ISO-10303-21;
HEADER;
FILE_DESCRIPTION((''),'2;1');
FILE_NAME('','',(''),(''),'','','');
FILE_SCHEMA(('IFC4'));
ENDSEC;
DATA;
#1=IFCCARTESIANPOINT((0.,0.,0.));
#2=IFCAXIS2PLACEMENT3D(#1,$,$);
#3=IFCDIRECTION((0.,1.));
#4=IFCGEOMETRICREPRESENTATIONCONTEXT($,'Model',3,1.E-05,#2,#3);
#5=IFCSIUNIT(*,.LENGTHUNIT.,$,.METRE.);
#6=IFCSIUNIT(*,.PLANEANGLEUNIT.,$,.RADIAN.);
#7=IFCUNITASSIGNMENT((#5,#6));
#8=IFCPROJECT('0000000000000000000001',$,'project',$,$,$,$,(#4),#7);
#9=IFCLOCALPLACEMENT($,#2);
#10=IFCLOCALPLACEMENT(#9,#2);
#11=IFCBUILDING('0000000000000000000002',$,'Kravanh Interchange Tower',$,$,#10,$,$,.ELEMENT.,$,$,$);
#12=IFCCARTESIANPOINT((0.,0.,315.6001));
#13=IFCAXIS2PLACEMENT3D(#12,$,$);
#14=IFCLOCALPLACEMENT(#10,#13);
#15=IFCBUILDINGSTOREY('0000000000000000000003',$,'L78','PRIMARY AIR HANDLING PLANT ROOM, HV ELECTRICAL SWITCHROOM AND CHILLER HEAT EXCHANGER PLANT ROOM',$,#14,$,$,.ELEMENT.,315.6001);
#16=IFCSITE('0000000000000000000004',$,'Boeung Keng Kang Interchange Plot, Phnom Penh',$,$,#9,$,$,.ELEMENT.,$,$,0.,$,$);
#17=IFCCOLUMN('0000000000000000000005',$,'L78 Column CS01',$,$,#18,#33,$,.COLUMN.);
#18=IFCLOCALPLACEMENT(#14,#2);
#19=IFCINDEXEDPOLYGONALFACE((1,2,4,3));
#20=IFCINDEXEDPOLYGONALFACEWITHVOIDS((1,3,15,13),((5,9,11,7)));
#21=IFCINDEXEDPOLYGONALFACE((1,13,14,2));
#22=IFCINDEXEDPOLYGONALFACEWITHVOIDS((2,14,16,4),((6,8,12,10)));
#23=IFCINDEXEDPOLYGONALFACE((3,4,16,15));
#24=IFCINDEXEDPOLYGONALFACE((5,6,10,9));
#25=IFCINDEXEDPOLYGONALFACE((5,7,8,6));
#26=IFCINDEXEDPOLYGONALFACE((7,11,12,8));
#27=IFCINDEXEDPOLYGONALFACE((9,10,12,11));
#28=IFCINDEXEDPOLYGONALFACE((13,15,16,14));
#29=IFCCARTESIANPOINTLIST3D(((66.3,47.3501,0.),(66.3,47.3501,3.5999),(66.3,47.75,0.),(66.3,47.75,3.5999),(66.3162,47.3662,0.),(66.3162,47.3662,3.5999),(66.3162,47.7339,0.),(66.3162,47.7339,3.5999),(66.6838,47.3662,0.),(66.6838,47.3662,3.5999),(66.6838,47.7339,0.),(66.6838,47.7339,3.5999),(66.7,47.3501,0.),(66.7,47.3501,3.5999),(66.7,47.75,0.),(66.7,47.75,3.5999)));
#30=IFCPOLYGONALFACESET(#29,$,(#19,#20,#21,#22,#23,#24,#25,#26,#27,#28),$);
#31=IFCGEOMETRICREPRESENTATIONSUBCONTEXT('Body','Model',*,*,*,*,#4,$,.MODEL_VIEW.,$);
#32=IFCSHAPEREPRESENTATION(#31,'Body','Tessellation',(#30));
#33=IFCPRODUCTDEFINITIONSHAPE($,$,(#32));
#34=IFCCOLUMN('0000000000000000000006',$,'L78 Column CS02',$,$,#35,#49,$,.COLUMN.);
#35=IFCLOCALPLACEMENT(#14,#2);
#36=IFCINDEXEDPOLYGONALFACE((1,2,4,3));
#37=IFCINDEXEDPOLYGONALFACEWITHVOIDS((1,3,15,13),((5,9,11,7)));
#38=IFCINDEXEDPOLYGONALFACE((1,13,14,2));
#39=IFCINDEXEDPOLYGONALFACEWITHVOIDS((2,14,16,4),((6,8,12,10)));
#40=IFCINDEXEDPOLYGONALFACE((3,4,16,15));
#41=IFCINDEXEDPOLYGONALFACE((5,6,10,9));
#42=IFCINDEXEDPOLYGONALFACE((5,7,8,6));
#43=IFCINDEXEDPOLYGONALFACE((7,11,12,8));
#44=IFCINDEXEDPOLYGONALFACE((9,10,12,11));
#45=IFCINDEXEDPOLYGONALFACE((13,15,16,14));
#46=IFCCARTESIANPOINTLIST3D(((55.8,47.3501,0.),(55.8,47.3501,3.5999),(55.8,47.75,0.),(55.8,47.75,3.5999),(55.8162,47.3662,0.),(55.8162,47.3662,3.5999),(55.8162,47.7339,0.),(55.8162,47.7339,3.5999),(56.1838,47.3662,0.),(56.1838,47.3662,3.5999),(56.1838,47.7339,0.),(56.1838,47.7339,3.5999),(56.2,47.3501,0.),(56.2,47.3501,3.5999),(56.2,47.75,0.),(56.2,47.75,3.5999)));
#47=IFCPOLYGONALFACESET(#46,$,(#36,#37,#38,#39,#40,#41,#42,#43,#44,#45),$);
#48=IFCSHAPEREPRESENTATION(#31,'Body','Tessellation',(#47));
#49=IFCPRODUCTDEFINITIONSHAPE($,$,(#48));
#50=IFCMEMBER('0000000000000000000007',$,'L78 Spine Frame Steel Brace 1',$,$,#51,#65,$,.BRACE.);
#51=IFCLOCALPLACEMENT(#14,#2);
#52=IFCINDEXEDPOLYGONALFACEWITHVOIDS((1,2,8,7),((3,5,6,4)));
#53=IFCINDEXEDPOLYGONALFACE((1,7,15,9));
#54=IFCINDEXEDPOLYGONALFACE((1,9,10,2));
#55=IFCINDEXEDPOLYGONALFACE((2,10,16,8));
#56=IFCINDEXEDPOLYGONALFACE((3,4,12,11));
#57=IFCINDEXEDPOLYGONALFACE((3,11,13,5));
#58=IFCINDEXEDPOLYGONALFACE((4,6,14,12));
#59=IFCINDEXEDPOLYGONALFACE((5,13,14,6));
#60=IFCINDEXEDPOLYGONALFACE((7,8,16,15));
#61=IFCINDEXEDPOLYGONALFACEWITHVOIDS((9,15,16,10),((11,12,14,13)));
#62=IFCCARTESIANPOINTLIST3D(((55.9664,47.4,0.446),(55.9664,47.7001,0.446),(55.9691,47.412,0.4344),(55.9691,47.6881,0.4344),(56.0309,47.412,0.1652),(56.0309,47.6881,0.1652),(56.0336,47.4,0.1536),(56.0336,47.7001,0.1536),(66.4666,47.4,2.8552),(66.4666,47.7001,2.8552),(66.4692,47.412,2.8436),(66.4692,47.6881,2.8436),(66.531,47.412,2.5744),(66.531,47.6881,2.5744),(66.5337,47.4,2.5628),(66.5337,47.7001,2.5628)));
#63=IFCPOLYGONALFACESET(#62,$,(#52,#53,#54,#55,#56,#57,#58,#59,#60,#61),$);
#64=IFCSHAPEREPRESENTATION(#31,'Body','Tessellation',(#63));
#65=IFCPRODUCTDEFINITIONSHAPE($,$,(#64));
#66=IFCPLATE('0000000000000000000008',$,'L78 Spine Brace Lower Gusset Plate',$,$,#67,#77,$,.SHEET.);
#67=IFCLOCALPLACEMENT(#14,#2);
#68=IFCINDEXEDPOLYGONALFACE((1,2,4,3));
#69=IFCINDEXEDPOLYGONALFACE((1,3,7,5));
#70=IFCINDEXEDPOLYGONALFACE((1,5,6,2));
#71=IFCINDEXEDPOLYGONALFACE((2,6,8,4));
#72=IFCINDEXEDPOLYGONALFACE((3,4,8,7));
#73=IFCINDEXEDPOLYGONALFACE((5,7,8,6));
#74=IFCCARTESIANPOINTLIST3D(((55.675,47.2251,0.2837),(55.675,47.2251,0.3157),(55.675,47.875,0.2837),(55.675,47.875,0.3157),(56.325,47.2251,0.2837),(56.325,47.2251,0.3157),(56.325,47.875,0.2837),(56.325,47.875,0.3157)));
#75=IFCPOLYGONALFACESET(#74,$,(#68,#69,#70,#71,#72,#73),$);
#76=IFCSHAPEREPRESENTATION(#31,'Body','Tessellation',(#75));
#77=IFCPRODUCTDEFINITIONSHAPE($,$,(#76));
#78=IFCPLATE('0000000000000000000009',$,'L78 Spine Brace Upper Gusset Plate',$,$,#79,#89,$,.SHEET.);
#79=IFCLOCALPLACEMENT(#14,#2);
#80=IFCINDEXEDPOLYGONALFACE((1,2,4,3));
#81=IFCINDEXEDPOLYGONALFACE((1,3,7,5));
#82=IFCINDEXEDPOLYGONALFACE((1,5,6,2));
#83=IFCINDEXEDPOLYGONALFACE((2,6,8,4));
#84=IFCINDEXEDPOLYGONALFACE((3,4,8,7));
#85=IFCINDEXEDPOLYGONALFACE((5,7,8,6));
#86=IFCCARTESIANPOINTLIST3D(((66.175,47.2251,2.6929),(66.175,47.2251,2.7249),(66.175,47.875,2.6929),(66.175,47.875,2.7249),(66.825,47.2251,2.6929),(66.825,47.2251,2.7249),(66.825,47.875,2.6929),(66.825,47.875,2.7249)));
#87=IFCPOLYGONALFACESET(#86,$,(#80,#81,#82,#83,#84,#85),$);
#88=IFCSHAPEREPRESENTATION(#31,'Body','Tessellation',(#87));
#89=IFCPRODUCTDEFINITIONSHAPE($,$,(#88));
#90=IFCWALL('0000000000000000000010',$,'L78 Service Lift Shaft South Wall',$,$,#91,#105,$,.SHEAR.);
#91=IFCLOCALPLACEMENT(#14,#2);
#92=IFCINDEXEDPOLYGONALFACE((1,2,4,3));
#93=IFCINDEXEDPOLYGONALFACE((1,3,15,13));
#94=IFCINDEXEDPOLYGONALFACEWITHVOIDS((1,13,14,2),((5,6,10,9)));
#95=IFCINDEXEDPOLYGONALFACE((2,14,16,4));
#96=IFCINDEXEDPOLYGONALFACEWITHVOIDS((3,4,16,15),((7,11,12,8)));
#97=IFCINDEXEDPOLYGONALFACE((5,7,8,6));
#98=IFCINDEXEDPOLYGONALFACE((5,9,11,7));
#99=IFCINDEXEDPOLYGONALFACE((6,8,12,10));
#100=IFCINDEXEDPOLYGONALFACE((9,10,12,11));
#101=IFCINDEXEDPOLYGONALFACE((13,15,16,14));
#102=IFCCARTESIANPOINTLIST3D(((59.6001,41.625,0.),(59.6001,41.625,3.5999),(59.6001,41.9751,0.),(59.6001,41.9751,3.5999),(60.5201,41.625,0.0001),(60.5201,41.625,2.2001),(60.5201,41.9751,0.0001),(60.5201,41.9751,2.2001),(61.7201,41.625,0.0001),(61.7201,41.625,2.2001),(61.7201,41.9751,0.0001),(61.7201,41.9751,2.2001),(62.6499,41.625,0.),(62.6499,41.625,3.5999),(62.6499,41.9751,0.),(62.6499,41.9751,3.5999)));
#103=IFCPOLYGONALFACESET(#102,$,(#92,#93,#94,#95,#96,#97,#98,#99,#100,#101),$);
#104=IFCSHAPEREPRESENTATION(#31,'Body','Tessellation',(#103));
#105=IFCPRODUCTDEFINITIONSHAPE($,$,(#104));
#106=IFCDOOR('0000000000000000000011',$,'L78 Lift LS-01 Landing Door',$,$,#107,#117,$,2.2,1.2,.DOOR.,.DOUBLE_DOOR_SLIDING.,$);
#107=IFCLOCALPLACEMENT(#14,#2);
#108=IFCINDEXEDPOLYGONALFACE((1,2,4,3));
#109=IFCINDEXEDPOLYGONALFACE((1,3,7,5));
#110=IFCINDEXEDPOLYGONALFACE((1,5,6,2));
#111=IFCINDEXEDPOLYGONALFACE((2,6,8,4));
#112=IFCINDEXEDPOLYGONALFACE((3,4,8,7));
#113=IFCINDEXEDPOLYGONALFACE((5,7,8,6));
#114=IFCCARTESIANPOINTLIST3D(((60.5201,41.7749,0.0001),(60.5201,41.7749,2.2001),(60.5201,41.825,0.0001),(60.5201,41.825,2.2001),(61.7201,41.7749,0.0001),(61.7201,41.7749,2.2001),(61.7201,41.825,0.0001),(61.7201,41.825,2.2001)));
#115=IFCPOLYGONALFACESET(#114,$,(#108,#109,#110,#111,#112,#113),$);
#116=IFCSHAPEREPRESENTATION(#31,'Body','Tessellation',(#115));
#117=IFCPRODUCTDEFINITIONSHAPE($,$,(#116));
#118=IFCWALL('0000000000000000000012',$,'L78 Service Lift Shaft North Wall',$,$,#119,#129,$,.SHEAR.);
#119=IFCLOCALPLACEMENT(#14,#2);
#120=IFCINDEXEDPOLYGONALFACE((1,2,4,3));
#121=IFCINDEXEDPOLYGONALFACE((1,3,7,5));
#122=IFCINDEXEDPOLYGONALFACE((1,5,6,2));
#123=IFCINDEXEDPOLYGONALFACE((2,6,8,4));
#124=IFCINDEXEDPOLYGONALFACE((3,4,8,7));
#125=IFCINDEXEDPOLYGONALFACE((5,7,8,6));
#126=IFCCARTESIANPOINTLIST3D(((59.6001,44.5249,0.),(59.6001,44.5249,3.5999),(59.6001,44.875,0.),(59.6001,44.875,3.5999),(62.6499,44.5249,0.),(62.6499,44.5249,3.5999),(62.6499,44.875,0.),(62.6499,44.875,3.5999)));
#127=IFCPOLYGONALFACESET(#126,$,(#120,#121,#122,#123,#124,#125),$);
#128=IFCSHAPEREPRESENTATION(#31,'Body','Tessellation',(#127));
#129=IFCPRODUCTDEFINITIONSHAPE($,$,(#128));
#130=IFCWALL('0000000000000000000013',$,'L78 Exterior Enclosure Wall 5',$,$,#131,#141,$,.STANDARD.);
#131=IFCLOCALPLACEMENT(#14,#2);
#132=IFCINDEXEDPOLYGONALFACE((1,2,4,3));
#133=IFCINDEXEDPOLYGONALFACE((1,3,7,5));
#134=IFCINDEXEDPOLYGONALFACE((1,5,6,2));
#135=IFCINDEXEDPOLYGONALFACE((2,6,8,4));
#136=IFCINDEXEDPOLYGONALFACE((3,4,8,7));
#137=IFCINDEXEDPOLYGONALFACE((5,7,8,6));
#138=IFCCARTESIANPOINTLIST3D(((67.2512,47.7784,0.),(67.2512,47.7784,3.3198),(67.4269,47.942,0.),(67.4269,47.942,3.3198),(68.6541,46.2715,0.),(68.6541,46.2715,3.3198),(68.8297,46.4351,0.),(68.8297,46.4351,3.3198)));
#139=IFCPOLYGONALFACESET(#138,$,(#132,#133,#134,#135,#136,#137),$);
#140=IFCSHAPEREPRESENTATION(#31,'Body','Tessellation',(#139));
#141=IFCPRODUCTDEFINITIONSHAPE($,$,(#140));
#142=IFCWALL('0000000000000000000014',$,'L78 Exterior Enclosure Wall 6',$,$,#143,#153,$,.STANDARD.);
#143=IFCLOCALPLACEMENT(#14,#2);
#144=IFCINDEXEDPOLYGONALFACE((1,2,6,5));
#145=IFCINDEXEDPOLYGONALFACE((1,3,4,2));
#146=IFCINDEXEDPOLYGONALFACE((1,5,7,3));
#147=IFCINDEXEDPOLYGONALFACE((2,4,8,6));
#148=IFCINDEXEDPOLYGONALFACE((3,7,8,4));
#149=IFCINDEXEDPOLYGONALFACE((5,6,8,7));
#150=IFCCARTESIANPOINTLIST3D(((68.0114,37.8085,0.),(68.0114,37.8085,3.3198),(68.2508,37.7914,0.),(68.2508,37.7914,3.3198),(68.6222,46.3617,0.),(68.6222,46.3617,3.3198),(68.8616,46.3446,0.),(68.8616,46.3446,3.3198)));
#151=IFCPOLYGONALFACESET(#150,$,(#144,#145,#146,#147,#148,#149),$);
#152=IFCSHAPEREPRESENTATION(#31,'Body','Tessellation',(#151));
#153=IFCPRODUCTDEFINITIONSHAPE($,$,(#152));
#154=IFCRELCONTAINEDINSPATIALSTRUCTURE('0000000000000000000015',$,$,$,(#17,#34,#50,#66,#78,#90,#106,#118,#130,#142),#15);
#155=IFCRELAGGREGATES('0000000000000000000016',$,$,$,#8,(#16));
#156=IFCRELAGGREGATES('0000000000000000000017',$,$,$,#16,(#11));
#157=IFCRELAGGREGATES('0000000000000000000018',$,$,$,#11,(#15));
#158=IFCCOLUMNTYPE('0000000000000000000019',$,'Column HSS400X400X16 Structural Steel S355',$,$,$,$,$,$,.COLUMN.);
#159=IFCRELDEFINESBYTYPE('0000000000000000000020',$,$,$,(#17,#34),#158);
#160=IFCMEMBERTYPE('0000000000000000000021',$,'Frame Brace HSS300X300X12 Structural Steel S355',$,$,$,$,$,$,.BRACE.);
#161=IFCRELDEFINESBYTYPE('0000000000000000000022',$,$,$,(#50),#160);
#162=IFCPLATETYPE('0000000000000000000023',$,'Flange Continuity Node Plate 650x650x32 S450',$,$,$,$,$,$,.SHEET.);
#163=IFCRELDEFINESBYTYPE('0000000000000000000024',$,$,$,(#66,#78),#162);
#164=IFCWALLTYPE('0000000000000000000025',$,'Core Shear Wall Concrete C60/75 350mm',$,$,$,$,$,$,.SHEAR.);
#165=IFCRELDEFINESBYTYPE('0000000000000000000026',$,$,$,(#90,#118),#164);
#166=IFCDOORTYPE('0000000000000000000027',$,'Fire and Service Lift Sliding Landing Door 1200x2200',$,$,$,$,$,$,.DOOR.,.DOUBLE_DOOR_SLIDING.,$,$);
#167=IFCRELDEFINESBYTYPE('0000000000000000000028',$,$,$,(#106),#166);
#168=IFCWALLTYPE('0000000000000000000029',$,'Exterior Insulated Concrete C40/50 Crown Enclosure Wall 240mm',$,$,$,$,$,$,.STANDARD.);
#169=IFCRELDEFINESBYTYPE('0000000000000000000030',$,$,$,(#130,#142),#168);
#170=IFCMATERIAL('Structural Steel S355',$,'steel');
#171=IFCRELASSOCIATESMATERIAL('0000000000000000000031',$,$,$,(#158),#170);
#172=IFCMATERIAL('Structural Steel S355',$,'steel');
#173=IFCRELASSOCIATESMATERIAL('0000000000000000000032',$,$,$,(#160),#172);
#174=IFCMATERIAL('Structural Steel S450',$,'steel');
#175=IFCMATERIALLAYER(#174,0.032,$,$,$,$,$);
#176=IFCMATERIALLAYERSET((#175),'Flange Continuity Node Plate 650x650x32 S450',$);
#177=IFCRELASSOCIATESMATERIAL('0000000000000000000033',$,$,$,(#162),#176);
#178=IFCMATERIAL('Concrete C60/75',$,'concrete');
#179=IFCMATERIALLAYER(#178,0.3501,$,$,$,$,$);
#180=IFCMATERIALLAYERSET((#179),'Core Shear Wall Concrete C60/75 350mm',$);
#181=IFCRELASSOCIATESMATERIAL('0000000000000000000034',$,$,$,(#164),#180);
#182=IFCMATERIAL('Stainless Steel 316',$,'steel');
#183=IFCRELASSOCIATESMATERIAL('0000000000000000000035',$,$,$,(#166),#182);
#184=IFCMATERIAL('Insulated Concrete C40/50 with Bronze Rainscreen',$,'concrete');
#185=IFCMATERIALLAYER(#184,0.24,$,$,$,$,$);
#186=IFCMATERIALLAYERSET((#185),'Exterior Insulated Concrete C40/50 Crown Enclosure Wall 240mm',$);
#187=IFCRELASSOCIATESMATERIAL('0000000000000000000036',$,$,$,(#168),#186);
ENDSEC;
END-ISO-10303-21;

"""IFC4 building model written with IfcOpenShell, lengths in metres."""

from ifc_helpers import new_model, si_unit, direction, frame, frame_2d, origin, origin_2d, place, context, subcontext, project, spatial, rectangle, hollow_rectangle, extrude, material, layer, layer_set, material_profile, profile_set, type_object, element, fill, save


model = new_model("IFC4")

# Units and contexts
model_context = context("Model", 3, precision=1e-05, world=origin(), true_north=direction((0.0, 1.0)))
body_context = subcontext(model_context, "Body", "Model", "MODEL_VIEW")
ifc_project = project(units=[si_unit("LENGTHUNIT", "METRE"), si_unit("PLANEANGLEUNIT", "RADIAN")], contexts=[model_context])

# Site, building, storey
site_placement = place(None, origin())
site = spatial("IfcSite", under=ifc_project, at=site_placement, Name="Boeung Keng Kang Interchange Plot, Phnom Penh", CompositionType="ELEMENT", RefElevation=0.0)
building_placement = place(site_placement, origin())
building = spatial("IfcBuilding", under=site, at=building_placement, Name="Kravanh Interchange Tower", CompositionType="ELEMENT")
storey_placement = place(building_placement, frame((0.0, 0.0, 315.6001)))
storey = spatial("IfcBuildingStorey", under=building, at=storey_placement, Name="L78", Description="PRIMARY AIR HANDLING PLANT ROOM, HV ELECTRICAL SWITCHROOM AND CHILLER HEAT EXCHANGER PLANT ROOM", CompositionType="ELEMENT", Elevation=315.6001)

# Columns
ifc_material_1 = material(Name="Structural Steel S355", Category="steel")
ifc_material_profile_1 = material_profile(ifc_material_1, hollow_rectangle(XDim=0.3999, YDim=0.3999, WallThickness=0.0161, at=origin_2d()), Name="HSS400X400X16")
ifc_profile_set_1 = profile_set([ifc_material_profile_1], Name="Structural Steel S355")
column_type = type_object("IfcColumnType", Name="Column HSS400X400X16 Structural Steel S355", PredefinedType="COLUMN", material=ifc_profile_set_1)
for number, where, z_axis, x_axis, name in (
    (1, (66.5, 47.55, 0.0), (0.0, 0.0, 1.0), (1.0, 0.0, 0.0), "L78 Column CS01"),
    (2, (56.0, 47.55, 0.0), (0.0, 0.0, 1.0), (1.0, 0.0, 0.0), "L78 Column CS02"),
):
    element("IfcColumn", number, at=place(storey_placement, frame(where, z_axis=z_axis, x_axis=x_axis)), inside=storey, type_object=column_type, Name=name, PredefinedType="COLUMN", context=body_context, shape_type="SweptSolid", body=[
        extrude(hollow_rectangle(XDim=0.3999, YDim=0.3999, WallThickness=0.0161, at=origin_2d()), origin(), (0.0, 0.0, 1.0), 3.5999),
    ])

# Member
ifc_material_2 = material(Name="Structural Steel S355", Category="steel")
ifc_material_profile_2 = material_profile(ifc_material_2, hollow_rectangle(XDim=0.3, YDim=0.3, WallThickness=0.012, at=origin_2d()), Name="HSS300X300X12")
ifc_profile_set_2 = profile_set([ifc_material_profile_2], Name="Structural Steel S355")
member_type = type_object("IfcMemberType", Name="Frame Brace HSS300X300X12 Structural Steel S355", PredefinedType="BRACE", material=ifc_profile_set_2)
member_placement = place(storey_placement, frame((56.0, 47.55, 0.2998), z_axis=(0.974673, 0.0, 0.223635), x_axis=(0.0, 1.0, 0.0)))
element("IfcMember", 3, at=member_placement, inside=storey, type_object=member_type, Name="L78 Spine Frame Steel Brace 1", PredefinedType="BRACE", context=body_context, shape_type="SweptSolid", body=[
    extrude(hollow_rectangle(XDim=0.3, YDim=0.3, WallThickness=0.012, at=origin_2d()), origin(), (0.0, 0.0, 1.0), 10.7729),
])

# Plates
ifc_material_3 = material(Name="Structural Steel S450", Category="steel")
ifc_layer_1 = layer(ifc_material_3, 0.032)
ifc_layer_set_1 = layer_set([ifc_layer_1], Name="Flange Continuity Node Plate 650x650x32 S450")
plate_type = type_object("IfcPlateType", Name="Flange Continuity Node Plate 650x650x32 S450", PredefinedType="SHEET", material=ifc_layer_set_1)
for number, where, z_axis, x_axis, name in (
    (4, (56.0, 47.55, 0.2837), (0.0, 0.0, 1.0), (1.0, 0.0, 0.0), "L78 Spine Brace Lower Gusset Plate"),
    (5, (66.5, 47.55, 2.6929), (0.0, 0.0, 1.0), (1.0, 0.0, 0.0), "L78 Spine Brace Upper Gusset Plate"),
):
    element("IfcPlate", number, at=place(storey_placement, frame(where, z_axis=z_axis, x_axis=x_axis)), inside=storey, type_object=plate_type, Name=name, PredefinedType="SHEET", context=body_context, shape_type="SweptSolid", body=[
        extrude(rectangle(XDim=0.6499, YDim=0.6499, at=origin_2d()), origin(), (0.0, 0.0, 1.0), 0.032),
    ])

# Wall, opening, door
ifc_material_4 = material(Name="Concrete C60/75", Category="concrete")
ifc_layer_2 = layer(ifc_material_4, 0.3501)
ifc_layer_set_2 = layer_set([ifc_layer_2], Name="Core Shear Wall Concrete C60/75 350mm")
wall_type_1 = type_object("IfcWallType", Name="Core Shear Wall Concrete C60/75 350mm", PredefinedType="SHEAR", material=ifc_layer_set_2)
wall_1_placement = place(storey_placement, frame((59.6001, 41.8, 0.0), z_axis=(0.0, 0.0, 1.0), x_axis=(1.0, 0.0, 0.0)))
wall_1 = element("IfcWall", 6, at=wall_1_placement, inside=storey, type_object=wall_type_1, Name="L78 Service Lift Shaft South Wall", PredefinedType="SHEAR", context=body_context, shape_type="SweptSolid", body=[
    extrude(rectangle(XDim=3.0498, YDim=0.3501, at=frame_2d((1.5249, 0.0))), origin(), (0.0, 0.0, 1.0), 3.5999),
])
opening_placement = place(wall_1_placement, frame((0.9199, 0.0, 0.0)))
opening = element("IfcOpeningElement", 7, at=opening_placement, cuts=wall_1, PredefinedType="OPENING", context=body_context, shape_type="SweptSolid", body=[
    extrude(rectangle(XDim=1.2, YDim=2.2, at=frame_2d((0.6001, 1.1001))), frame((0.0, 0.1851, 0.0), z_axis=(0.0, -1.0, 0.0), x_axis=(1.0, 0.0, 0.0)), (0.0, 0.0, 1.0), 0.3701),
])
ifc_material_5 = material(Name="Stainless Steel 316", Category="steel")
door_type = type_object("IfcDoorType", Name="Fire and Service Lift Sliding Landing Door 1200x2200", OperationType="DOUBLE_DOOR_SLIDING", PredefinedType="DOOR", material=ifc_material_5)
door_placement = place(opening_placement, origin())
door = element("IfcDoor", 8, at=door_placement, inside=storey, type_object=door_type, Name="L78 Lift LS-01 Landing Door", OperationType="DOUBLE_DOOR_SLIDING", OverallHeight=2.2, OverallWidth=1.2, PredefinedType="DOOR", context=body_context, shape_type="SweptSolid", body=[
    extrude(rectangle(XDim=1.2, YDim=2.2, at=frame_2d((0.6001, 1.1001))), frame((0.0, 0.0249, 0.0), z_axis=(0.0, -1.0, 0.0), x_axis=(1.0, 0.0, 0.0)), (0.0, 0.0, 1.0), 0.05),
])
fill(opening, door)

# Walls
wall_2_placement = place(storey_placement, frame((59.6001, 44.7, 0.0), z_axis=(0.0, 0.0, 1.0), x_axis=(1.0, 0.0, 0.0)))
element("IfcWall", 9, at=wall_2_placement, inside=storey, type_object=wall_type_1, Name="L78 Service Lift Shaft North Wall", PredefinedType="SHEAR", context=body_context, shape_type="SweptSolid", body=[
    extrude(rectangle(XDim=3.0498, YDim=0.3501, at=frame_2d((1.5249, 0.0))), origin(), (0.0, 0.0, 1.0), 3.5999),
])
ifc_material_6 = material(Name="Insulated Concrete C40/50 with Bronze Rainscreen", Category="concrete")
ifc_layer_3 = layer(ifc_material_6, 0.24)
ifc_layer_set_3 = layer_set([ifc_layer_3], Name="Exterior Insulated Concrete C40/50 Crown Enclosure Wall 240mm")
wall_type_2 = type_object("IfcWallType", Name="Exterior Insulated Concrete C40/50 Crown Enclosure Wall 240mm", PredefinedType="STANDARD", material=ifc_layer_set_3)
wall_3_placement = place(storey_placement, frame((67.3391, 47.8601, 0.0), z_axis=(0.0, 0.0, 1.0), x_axis=(0.681397, -0.731914, 0.0)))
element("IfcWall", 10, at=wall_3_placement, inside=storey, type_object=wall_type_2, Name="L78 Exterior Enclosure Wall 5", PredefinedType="STANDARD", context=body_context, shape_type="SweptSolid", body=[
    extrude(rectangle(XDim=2.0588, YDim=0.24, at=frame_2d((1.0293, 0.0))), origin(), (0.0, 0.0, 1.0), 3.3198),
])
wall_4_placement = place(storey_placement, frame((68.7419, 46.3533, 0.0), z_axis=(0.0, 0.0, 1.0), x_axis=(-0.071235, -0.99746, 0.0)))
element("IfcWall", 11, at=wall_4_placement, inside=storey, type_object=wall_type_2, Name="L78 Exterior Enclosure Wall 6", PredefinedType="STANDARD", context=body_context, shape_type="SweptSolid", body=[
    extrude(rectangle(XDim=8.575, YDim=0.24, at=frame_2d((4.2876, 0.0))), origin(), (0.0, 0.0, 1.0), 3.3198),
])

save(model, "model.ifc")
